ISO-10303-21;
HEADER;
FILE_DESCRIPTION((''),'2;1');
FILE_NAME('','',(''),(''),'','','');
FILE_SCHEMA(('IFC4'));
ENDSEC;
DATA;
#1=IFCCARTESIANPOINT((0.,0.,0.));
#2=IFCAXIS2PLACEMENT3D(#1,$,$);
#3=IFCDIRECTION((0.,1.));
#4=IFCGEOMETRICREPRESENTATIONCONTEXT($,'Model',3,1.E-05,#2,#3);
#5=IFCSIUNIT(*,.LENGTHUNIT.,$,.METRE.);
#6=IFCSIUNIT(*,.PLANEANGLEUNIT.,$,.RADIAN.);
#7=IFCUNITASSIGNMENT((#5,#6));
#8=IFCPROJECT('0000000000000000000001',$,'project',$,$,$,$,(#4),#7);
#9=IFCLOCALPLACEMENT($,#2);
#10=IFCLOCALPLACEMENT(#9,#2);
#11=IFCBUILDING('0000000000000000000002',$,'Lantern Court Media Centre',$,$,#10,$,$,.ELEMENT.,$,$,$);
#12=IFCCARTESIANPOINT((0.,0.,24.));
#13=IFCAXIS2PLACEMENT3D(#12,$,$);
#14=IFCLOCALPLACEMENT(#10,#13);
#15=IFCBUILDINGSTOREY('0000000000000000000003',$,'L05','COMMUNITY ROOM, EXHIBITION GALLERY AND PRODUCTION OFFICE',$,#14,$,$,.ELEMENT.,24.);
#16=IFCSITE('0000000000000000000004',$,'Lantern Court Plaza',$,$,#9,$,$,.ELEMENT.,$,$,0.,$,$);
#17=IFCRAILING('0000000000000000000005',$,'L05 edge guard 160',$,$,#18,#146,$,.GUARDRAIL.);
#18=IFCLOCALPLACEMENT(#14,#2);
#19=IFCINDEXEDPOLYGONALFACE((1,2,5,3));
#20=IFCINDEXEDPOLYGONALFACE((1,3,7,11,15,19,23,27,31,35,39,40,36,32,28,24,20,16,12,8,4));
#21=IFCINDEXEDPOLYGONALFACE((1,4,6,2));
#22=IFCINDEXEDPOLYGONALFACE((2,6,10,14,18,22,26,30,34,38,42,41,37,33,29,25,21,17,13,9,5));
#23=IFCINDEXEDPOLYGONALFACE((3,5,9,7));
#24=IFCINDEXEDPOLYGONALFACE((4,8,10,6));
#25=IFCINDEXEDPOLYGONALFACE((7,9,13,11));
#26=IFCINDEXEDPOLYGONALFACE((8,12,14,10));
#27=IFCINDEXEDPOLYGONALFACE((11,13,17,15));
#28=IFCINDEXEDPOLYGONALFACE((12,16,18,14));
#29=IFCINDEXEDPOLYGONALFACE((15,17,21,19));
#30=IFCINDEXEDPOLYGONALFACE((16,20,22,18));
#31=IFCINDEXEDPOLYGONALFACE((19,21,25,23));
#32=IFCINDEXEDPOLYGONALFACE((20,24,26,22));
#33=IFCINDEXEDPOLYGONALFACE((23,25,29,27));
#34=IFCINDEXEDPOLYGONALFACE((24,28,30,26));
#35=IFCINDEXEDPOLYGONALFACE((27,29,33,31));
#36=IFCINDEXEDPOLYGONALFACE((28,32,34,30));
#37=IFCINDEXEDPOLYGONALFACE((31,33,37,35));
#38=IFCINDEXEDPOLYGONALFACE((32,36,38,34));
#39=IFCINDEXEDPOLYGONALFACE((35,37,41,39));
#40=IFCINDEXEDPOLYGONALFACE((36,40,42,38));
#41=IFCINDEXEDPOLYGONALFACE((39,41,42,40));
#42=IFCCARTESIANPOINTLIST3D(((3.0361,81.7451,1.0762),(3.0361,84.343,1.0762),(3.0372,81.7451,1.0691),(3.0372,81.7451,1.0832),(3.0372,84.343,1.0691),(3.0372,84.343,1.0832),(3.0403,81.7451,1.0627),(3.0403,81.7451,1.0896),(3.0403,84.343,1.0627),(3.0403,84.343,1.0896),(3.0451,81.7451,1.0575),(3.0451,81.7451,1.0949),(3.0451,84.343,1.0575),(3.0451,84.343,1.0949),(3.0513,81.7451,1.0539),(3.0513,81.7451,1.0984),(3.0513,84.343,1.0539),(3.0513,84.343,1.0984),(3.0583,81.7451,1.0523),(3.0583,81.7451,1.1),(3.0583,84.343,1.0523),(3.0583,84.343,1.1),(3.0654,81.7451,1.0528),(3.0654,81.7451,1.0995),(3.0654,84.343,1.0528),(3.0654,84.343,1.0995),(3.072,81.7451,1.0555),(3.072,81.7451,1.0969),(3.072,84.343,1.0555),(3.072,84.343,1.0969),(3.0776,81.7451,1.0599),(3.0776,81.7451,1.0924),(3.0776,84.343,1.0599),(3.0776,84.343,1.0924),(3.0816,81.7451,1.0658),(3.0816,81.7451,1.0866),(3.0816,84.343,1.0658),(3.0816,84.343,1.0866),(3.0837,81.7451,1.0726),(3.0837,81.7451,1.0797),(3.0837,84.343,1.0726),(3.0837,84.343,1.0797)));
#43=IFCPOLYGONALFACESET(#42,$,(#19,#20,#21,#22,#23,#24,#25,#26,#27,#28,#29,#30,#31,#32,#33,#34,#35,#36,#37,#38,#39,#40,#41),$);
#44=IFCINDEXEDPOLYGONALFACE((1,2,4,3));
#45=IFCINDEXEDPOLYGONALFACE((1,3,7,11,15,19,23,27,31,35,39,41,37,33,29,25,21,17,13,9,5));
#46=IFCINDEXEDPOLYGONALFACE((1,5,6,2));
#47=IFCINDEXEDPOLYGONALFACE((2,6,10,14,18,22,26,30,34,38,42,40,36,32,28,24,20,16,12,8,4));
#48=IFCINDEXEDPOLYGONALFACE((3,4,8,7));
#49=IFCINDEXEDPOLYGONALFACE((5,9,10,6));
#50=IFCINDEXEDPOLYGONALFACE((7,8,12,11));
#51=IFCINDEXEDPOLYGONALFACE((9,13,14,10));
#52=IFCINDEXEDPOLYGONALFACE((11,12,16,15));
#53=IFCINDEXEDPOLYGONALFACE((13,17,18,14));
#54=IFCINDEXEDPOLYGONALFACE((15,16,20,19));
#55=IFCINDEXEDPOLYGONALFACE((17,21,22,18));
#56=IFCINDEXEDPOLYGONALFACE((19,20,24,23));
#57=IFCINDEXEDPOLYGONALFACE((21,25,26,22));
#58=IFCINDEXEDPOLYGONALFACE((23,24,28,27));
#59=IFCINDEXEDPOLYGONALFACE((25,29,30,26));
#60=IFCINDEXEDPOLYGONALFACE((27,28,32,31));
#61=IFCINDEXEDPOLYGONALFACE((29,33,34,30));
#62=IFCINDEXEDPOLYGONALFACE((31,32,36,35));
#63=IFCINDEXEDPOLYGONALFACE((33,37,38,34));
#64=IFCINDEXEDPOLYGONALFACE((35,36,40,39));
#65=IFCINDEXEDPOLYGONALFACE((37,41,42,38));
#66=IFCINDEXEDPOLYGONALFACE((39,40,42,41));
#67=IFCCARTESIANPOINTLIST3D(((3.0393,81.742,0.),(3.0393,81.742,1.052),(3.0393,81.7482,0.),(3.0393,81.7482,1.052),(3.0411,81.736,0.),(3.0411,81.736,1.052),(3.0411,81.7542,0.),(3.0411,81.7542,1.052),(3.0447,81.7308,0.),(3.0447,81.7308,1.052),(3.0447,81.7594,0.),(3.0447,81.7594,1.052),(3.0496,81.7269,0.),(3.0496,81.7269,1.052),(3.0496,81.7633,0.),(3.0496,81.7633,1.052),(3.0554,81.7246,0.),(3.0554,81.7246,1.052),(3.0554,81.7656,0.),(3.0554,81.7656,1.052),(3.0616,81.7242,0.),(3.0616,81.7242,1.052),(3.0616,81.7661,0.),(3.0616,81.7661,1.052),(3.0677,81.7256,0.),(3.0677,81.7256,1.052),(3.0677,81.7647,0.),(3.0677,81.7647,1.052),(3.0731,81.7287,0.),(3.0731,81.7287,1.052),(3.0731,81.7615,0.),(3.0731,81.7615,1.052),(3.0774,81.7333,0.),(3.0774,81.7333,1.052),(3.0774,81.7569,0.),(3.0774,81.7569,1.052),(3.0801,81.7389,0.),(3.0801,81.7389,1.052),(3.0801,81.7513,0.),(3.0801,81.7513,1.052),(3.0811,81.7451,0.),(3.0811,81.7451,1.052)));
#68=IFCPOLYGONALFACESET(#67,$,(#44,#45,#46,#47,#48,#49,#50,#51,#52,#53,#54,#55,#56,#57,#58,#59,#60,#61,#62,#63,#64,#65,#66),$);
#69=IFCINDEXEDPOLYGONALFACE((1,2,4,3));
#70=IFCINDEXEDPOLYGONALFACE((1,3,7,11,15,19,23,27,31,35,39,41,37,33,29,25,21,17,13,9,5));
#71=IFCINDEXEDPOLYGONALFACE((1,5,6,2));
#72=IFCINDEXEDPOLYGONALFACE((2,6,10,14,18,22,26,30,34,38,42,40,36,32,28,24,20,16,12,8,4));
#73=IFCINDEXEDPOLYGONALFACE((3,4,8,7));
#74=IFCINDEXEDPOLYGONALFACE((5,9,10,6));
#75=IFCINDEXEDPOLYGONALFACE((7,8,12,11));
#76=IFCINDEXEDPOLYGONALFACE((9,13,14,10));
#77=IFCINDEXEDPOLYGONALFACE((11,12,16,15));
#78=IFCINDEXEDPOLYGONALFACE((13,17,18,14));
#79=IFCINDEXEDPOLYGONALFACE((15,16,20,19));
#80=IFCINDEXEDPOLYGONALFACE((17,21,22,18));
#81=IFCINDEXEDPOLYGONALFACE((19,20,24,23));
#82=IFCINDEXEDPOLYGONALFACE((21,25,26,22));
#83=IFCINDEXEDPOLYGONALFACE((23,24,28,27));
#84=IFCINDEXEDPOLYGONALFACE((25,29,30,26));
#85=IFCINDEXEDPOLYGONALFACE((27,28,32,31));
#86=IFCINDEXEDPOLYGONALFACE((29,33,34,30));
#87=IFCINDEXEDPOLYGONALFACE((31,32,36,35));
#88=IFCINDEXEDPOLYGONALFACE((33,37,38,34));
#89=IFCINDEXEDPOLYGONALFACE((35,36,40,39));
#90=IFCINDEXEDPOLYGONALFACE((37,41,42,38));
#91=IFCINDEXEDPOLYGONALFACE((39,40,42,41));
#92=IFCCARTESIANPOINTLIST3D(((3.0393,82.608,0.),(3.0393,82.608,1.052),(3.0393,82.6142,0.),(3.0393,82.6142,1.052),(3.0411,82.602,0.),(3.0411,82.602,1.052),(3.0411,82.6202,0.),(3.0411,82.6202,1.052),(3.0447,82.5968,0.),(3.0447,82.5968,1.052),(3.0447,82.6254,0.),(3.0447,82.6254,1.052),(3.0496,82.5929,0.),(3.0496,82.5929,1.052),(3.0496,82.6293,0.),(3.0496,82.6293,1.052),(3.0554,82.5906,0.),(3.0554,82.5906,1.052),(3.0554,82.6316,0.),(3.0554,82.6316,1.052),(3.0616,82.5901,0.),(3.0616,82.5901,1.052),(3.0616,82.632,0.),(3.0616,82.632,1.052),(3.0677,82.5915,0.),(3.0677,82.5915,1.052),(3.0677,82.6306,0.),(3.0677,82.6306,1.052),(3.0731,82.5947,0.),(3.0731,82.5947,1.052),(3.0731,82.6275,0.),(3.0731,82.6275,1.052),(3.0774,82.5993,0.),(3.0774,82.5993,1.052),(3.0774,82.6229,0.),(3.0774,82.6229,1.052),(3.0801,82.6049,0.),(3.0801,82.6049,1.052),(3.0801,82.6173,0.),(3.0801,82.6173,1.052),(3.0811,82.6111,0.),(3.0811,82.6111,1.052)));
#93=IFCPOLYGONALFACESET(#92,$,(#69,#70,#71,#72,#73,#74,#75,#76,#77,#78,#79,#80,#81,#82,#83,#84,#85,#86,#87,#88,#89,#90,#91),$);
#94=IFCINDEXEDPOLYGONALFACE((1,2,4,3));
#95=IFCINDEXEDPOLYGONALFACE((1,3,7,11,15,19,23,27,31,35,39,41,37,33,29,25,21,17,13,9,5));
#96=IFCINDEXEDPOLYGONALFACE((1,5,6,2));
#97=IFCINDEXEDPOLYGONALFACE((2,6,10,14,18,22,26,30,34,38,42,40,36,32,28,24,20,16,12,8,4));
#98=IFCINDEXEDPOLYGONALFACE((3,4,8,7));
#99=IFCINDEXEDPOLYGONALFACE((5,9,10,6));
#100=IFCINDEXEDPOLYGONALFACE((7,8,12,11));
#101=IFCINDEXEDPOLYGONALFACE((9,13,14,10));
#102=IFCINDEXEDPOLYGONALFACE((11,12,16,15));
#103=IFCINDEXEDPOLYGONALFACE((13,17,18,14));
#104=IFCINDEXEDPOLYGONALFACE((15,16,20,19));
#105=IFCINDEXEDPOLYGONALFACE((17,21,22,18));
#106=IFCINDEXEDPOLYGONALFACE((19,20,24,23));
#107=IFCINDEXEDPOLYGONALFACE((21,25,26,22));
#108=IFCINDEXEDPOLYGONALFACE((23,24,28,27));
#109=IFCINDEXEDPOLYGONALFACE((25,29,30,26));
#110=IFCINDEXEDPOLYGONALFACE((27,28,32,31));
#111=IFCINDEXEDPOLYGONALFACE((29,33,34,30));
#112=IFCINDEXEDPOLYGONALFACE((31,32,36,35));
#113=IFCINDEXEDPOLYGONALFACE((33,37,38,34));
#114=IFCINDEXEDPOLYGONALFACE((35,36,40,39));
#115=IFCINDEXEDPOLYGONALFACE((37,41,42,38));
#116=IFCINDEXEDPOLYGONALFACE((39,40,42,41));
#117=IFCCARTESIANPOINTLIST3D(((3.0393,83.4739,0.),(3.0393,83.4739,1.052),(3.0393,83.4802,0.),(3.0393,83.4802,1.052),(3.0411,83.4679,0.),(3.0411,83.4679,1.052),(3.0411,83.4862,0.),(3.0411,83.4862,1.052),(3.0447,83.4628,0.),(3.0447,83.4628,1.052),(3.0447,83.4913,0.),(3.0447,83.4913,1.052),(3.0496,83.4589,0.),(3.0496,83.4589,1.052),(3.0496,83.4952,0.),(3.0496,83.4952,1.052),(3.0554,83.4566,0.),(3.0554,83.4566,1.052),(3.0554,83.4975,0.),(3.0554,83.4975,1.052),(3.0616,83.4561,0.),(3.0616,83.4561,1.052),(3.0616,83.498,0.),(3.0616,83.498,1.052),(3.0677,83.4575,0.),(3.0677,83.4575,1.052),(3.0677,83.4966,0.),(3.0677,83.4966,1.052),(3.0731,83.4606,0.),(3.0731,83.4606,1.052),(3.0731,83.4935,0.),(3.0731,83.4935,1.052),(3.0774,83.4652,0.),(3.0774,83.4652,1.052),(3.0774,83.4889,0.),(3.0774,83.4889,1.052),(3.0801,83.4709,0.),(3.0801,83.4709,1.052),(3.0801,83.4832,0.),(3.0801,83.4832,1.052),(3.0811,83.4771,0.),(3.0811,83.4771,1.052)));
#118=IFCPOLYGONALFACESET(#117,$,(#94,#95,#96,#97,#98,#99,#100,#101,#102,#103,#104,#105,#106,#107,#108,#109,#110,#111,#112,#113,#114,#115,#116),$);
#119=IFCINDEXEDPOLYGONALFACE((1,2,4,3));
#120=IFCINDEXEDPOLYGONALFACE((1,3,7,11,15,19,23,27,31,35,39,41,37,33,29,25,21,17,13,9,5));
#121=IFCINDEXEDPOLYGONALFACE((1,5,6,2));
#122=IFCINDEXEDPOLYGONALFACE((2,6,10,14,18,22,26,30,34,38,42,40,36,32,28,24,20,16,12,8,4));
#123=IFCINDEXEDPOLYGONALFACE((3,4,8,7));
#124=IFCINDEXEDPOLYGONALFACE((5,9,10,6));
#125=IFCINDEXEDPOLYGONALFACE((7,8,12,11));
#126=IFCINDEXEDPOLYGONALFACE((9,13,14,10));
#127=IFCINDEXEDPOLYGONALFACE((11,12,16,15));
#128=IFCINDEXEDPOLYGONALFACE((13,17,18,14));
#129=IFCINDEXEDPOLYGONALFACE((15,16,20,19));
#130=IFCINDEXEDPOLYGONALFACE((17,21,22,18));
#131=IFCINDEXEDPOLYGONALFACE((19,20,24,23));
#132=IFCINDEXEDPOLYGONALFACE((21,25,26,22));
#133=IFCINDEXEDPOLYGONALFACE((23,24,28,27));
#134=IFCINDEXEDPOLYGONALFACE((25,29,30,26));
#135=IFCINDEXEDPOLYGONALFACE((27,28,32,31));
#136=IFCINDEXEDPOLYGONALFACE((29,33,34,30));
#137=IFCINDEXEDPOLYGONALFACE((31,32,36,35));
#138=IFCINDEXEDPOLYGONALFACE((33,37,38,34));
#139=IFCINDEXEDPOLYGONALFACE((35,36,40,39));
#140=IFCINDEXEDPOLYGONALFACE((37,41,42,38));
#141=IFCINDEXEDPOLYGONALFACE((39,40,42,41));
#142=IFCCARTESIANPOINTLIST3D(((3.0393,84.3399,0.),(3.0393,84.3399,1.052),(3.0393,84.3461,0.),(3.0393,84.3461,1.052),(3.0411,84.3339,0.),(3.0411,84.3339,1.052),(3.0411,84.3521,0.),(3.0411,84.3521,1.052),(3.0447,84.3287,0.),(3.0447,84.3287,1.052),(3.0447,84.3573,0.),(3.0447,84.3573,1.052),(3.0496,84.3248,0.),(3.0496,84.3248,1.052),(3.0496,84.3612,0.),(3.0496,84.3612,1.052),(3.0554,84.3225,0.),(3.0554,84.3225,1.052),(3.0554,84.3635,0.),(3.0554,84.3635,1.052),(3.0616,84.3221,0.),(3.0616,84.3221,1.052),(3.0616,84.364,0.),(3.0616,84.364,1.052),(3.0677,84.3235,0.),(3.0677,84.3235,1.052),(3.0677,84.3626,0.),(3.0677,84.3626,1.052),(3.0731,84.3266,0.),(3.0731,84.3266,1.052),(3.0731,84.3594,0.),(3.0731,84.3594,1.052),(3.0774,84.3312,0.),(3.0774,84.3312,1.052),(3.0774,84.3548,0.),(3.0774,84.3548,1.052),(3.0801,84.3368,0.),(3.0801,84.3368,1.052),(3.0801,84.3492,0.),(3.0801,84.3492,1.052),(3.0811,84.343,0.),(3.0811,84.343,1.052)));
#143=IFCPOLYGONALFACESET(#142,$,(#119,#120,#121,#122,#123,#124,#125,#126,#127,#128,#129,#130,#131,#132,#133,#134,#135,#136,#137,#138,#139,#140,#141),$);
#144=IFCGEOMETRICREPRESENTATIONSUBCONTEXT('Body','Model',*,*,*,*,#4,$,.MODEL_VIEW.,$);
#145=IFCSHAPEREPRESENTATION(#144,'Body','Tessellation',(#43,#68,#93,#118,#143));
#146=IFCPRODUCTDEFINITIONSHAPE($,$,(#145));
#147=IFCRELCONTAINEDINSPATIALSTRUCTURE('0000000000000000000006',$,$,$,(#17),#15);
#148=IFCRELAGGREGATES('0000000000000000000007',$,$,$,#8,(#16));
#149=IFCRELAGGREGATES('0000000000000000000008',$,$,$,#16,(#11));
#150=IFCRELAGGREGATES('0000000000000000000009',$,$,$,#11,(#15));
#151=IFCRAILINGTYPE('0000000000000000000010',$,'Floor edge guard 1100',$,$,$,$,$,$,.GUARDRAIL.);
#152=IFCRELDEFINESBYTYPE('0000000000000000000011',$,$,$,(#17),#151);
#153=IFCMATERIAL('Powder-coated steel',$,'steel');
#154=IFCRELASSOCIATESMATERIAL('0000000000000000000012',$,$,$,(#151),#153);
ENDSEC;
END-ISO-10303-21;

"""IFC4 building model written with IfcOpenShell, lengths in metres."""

from ifc_helpers import new_model, si_unit, direction, frame, origin, origin_2d, place, context, subcontext, project, spatial, circle, extrude, material, type_object, element, save


model = new_model("IFC4")

# Units and contexts
model_context = context("Model", 3, precision=1e-05, world=origin(), true_north=direction((0.0, 1.0)))
body_context = subcontext(model_context, "Body", "Model", "MODEL_VIEW")
ifc_project = project(units=[si_unit("LENGTHUNIT", "METRE"), si_unit("PLANEANGLEUNIT", "RADIAN")], contexts=[model_context])

# Site, building, storey
site_placement = place(None, origin())
site = spatial("IfcSite", under=ifc_project, at=site_placement, Name="Lantern Court Plaza", CompositionType="ELEMENT", RefElevation=0.0)
building_placement = place(site_placement, origin())
building = spatial("IfcBuilding", under=site, at=building_placement, Name="Lantern Court Media Centre", CompositionType="ELEMENT")
storey_placement = place(building_placement, frame((0.0, 0.0, 24.0)))
storey = spatial("IfcBuildingStorey", under=building, at=storey_placement, Name="L05", Description="COMMUNITY ROOM, EXHIBITION GALLERY AND PRODUCTION OFFICE", CompositionType="ELEMENT", Elevation=24.0)

# Railing
ifc_material_1 = material(Name="Powder-coated steel", Category="steel")
railing_type = type_object("IfcRailingType", Name="Floor edge guard 1100", PredefinedType="GUARDRAIL", material=ifc_material_1)
for number, where, name in (
    (1, (3.0601, 81.7451, 0.0), "L05 edge guard 160"),
):
    element("IfcRailing", number, at=place(storey_placement, frame(where)), inside=storey, type_object=railing_type, Name=name, PredefinedType="GUARDRAIL", context=body_context, shape_type="SweptSolid", body=[
        extrude(circle(Radius=0.0239, at=origin_2d()), frame((0.0, 0.0, 1.0762), z_axis=(0.0, 1.0, 0.0), x_axis=(-1.0, 0.0, 0.0)), (0.0, 0.0, 1.0), 2.5979),
        extrude(circle(Radius=0.021, at=origin_2d()), origin(), (0.0, 0.0, 1.0), 1.052),
        extrude(circle(Radius=0.021, at=origin_2d()), frame((0.0, 0.866, 0.0)), (0.0, 0.0, 1.0), 1.052),
        extrude(circle(Radius=0.021, at=origin_2d()), frame((0.0, 1.7319, 0.0)), (0.0, 0.0, 1.0), 1.052),
        extrude(circle(Radius=0.021, at=origin_2d()), frame((0.0, 2.5979, 0.0)), (0.0, 0.0, 1.0), 1.052),
    ])

save(model, "model.ifc")
